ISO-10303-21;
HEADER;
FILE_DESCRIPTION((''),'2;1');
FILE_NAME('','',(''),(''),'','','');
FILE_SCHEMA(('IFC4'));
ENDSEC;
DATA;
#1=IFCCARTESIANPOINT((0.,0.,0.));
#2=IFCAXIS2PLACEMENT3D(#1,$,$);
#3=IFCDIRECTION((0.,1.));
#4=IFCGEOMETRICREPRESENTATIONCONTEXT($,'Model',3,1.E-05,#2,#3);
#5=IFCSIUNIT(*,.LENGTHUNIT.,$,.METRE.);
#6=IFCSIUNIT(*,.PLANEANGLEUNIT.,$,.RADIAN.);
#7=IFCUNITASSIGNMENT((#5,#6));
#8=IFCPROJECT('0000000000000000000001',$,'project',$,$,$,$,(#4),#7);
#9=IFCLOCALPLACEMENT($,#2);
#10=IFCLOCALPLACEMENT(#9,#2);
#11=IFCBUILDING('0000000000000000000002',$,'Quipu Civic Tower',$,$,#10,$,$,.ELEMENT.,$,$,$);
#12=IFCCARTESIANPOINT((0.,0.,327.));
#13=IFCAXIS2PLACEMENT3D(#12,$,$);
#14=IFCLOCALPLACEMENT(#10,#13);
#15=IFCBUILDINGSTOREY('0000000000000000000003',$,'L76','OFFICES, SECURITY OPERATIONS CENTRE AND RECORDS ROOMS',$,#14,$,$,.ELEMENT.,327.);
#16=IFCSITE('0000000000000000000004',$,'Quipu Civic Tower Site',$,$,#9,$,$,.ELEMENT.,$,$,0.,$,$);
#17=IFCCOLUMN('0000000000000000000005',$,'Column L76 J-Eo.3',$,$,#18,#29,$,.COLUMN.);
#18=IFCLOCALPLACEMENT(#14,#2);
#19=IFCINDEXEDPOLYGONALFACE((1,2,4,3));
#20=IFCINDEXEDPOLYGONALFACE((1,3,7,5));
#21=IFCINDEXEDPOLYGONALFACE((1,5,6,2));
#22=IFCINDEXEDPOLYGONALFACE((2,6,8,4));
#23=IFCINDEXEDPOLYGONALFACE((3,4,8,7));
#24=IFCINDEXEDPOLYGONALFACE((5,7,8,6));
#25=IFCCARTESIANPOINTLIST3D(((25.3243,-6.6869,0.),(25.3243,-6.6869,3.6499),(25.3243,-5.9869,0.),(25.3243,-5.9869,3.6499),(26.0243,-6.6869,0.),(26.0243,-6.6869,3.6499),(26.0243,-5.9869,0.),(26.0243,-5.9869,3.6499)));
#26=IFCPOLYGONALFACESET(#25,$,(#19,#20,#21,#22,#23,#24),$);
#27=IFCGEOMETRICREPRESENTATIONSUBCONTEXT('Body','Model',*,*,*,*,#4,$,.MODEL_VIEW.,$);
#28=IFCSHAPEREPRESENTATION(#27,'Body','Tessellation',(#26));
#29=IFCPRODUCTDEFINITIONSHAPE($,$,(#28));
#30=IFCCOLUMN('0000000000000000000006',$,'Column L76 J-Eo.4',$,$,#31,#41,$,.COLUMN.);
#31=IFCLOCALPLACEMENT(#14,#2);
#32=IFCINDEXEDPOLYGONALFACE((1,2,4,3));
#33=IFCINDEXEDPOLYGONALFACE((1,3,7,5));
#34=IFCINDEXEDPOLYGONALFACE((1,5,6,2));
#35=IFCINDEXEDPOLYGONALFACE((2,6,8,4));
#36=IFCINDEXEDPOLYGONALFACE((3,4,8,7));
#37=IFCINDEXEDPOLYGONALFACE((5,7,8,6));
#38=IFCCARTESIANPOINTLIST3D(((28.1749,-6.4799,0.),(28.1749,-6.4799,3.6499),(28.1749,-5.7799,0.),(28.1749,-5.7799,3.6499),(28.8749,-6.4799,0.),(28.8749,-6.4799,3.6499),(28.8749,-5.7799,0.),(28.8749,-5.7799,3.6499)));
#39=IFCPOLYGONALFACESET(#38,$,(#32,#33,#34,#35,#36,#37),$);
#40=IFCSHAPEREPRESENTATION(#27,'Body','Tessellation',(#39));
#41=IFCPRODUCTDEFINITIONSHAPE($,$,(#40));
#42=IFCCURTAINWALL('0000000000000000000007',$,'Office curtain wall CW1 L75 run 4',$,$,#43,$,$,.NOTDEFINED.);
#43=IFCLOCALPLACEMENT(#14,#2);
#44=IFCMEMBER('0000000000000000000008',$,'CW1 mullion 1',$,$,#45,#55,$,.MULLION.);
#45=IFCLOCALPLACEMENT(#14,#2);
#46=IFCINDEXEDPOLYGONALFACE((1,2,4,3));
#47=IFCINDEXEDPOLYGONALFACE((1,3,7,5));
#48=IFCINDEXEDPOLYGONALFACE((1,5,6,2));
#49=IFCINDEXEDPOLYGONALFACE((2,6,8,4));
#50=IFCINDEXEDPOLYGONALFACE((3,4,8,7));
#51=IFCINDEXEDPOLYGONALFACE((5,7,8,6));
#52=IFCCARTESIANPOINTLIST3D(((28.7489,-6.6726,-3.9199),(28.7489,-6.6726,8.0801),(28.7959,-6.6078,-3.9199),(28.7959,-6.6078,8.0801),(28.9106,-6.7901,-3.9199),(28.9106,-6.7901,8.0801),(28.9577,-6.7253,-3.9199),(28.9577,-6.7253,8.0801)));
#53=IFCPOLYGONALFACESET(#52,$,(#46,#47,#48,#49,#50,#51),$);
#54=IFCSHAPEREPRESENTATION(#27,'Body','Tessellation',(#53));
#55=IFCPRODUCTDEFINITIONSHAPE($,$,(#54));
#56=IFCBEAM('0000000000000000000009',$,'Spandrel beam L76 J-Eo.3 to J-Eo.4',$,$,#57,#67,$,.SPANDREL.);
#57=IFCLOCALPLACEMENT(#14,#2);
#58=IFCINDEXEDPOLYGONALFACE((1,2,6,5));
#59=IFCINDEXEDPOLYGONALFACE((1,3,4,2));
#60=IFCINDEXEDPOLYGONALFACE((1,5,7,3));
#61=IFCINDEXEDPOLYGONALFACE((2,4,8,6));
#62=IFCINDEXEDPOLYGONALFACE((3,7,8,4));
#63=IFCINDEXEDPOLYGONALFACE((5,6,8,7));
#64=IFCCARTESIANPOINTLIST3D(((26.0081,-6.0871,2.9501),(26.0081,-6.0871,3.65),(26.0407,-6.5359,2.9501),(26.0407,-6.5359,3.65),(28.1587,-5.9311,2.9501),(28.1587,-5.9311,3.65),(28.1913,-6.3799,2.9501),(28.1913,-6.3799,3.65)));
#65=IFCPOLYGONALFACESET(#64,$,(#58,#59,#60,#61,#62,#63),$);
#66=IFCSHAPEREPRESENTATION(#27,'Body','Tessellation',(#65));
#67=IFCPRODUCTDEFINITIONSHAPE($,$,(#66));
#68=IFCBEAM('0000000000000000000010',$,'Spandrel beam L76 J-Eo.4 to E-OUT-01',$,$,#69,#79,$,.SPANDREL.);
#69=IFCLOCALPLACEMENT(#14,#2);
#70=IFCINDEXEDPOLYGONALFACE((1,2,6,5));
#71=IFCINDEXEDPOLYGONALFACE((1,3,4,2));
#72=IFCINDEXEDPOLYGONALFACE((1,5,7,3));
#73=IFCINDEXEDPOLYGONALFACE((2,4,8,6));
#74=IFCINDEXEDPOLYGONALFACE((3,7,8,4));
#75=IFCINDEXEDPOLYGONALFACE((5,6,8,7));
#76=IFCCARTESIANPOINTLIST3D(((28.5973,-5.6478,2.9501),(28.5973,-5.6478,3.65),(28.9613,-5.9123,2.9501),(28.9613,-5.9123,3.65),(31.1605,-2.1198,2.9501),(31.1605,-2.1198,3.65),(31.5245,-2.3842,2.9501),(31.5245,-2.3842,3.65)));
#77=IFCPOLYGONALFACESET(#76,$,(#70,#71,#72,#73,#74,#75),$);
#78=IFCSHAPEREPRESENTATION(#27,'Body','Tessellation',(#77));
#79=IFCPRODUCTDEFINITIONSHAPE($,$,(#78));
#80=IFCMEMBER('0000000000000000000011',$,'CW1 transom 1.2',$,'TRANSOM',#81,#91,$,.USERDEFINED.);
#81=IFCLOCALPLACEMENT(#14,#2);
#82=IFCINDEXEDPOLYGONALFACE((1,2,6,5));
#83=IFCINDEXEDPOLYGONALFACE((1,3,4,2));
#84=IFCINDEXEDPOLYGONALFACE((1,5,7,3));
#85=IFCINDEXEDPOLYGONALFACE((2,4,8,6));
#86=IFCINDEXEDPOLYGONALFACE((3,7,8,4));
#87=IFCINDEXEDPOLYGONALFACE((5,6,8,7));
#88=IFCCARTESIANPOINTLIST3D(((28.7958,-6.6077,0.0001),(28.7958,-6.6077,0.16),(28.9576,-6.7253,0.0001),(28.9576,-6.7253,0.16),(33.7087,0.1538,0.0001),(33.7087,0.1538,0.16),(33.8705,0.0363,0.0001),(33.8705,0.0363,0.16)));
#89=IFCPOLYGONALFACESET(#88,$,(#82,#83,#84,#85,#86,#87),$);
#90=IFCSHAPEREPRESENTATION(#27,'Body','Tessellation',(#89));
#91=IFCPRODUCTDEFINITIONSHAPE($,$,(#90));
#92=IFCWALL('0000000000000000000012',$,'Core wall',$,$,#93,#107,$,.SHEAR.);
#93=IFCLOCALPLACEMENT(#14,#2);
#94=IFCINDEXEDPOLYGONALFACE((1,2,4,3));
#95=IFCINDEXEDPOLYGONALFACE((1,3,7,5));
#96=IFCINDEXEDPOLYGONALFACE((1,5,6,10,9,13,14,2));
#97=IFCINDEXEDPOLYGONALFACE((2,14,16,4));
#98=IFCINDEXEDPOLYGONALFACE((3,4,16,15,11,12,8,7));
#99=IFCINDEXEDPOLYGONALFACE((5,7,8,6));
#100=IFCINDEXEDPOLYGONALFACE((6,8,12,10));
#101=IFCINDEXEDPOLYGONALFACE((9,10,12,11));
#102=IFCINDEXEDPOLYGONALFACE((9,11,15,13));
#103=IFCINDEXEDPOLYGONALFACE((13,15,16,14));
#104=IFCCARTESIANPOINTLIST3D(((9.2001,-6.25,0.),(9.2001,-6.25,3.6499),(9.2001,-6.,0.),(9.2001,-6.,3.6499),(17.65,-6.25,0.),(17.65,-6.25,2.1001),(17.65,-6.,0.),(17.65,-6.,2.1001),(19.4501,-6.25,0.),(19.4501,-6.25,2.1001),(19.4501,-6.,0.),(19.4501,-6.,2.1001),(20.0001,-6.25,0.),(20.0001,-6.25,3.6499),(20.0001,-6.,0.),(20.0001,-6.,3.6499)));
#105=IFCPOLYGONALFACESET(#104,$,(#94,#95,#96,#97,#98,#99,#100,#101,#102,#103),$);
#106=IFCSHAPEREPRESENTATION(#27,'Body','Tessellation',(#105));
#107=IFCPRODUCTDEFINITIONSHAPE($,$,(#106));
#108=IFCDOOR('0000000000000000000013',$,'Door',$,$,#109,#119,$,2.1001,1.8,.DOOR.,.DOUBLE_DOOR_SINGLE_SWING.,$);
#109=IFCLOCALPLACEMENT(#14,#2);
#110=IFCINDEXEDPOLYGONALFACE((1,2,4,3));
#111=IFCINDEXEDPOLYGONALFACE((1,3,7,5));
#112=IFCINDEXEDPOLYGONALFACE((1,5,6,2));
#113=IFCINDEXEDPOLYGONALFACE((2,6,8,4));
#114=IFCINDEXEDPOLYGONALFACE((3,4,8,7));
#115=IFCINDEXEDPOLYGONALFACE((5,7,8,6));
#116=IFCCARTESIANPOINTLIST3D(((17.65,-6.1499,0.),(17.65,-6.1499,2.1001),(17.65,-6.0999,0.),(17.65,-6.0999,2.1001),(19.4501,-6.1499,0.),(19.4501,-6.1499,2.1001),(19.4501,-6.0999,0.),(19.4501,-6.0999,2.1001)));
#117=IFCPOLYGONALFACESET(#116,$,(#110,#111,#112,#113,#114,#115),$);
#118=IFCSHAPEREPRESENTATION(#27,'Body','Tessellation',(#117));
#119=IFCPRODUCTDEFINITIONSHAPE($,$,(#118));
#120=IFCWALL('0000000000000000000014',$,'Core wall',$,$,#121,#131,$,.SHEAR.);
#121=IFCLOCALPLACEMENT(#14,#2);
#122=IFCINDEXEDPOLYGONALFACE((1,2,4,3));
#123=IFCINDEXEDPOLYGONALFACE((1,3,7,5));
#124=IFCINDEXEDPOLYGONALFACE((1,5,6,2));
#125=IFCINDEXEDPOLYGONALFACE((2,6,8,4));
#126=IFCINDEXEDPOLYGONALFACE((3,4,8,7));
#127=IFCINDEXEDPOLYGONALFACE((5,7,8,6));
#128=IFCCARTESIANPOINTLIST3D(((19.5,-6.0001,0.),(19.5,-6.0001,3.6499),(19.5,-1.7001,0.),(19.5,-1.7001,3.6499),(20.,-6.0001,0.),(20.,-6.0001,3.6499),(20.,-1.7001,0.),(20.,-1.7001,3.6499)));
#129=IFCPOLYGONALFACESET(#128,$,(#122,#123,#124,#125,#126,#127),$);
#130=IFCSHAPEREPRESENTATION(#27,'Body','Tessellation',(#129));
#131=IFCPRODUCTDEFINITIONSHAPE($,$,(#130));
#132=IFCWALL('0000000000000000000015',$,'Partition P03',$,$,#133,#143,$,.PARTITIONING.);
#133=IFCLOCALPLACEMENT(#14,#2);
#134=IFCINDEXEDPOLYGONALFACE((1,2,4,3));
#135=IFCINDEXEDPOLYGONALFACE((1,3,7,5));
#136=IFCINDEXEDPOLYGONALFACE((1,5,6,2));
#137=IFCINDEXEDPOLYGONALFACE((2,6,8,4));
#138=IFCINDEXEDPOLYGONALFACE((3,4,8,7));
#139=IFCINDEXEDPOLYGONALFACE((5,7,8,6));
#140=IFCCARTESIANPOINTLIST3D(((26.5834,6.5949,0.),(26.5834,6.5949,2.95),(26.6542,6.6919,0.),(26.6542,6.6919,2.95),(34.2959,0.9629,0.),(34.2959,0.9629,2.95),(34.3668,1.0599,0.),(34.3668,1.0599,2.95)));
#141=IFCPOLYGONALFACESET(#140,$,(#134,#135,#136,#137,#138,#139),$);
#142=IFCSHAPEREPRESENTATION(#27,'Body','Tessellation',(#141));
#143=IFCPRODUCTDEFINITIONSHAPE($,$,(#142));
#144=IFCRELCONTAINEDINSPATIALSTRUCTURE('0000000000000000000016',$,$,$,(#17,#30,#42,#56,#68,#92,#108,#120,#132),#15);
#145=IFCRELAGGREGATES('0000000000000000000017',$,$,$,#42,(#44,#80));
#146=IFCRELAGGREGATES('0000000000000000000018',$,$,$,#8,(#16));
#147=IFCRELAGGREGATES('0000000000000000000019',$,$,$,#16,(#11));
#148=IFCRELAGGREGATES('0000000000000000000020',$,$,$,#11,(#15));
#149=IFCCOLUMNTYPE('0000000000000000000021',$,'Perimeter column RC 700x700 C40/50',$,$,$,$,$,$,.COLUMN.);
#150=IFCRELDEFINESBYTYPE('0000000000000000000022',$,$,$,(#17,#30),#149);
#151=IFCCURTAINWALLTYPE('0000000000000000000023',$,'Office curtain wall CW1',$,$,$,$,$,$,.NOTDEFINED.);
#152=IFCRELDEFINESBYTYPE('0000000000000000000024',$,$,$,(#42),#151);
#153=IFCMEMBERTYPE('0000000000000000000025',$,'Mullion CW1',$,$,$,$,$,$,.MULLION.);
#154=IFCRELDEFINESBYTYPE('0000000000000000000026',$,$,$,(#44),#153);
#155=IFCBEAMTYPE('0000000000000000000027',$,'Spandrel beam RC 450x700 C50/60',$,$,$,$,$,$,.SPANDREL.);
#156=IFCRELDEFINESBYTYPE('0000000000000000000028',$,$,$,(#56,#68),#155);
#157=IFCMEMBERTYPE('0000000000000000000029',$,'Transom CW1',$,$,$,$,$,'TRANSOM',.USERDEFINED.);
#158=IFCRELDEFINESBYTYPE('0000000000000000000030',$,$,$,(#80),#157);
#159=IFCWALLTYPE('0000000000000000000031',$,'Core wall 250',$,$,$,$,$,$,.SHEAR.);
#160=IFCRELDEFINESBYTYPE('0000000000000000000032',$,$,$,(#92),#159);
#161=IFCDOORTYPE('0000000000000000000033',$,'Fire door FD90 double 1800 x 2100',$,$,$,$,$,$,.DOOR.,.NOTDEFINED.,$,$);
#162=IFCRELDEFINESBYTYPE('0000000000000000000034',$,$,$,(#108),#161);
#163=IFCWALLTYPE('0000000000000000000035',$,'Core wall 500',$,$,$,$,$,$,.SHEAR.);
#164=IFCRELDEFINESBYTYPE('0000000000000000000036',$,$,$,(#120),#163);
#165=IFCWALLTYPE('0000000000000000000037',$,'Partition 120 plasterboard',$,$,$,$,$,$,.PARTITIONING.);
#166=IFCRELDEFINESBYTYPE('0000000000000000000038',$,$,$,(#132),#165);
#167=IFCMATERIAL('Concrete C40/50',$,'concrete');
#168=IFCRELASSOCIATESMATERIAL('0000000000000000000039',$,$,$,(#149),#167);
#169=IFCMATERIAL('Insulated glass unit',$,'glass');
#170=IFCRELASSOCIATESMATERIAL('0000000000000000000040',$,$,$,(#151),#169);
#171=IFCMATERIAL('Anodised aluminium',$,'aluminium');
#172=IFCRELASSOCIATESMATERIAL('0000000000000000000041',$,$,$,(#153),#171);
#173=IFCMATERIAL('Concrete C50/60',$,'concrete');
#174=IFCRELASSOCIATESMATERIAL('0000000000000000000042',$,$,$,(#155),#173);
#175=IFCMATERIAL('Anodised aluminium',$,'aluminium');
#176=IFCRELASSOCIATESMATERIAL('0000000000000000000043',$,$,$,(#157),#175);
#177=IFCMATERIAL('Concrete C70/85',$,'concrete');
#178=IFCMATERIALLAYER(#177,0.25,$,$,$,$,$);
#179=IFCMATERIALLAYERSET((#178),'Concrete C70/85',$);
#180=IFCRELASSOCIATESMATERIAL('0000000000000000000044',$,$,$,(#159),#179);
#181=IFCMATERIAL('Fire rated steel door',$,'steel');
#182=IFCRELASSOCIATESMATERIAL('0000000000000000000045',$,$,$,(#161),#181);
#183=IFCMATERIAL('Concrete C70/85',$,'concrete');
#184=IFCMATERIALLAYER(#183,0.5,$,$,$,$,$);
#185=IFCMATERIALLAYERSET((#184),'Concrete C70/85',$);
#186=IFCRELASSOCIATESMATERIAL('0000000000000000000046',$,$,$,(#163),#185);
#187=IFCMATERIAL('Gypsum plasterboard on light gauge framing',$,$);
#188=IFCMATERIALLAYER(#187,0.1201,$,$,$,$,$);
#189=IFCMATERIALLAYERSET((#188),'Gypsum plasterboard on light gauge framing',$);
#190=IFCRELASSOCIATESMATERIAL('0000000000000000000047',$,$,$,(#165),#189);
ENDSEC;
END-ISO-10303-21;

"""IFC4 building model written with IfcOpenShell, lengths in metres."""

from ifc_helpers import new_model, si_unit, direction, frame, frame_2d, origin, origin_2d, place, context, subcontext, project, spatial, rectangle, extrude, material, layer, layer_set, material_profile, profile_set, type_object, element, fill, aggregate, save


model = new_model("IFC4")

# Units and contexts
model_context = context("Model", 3, precision=1e-05, world=origin(), true_north=direction((0.0, 1.0)))
body_context = subcontext(model_context, "Body", "Model", "MODEL_VIEW")
ifc_project = project(units=[si_unit("LENGTHUNIT", "METRE"), si_unit("PLANEANGLEUNIT", "RADIAN")], contexts=[model_context])

# Site, building, storey
site_placement = place(None, origin())
site = spatial("IfcSite", under=ifc_project, at=site_placement, Name="Quipu Civic Tower Site", CompositionType="ELEMENT", RefElevation=0.0)
building_placement = place(site_placement, origin())
building = spatial("IfcBuilding", under=site, at=building_placement, Name="Quipu Civic Tower", CompositionType="ELEMENT")
storey_placement = place(building_placement, frame((0.0, 0.0, 327.0)))
storey = spatial("IfcBuildingStorey", under=building, at=storey_placement, Name="L76", Description="OFFICES, SECURITY OPERATIONS CENTRE AND RECORDS ROOMS", CompositionType="ELEMENT", Elevation=327.0)

# Columns
ifc_material_1 = material(Name="Concrete C40/50", Category="concrete")
ifc_material_profile_1 = material_profile(ifc_material_1, rectangle(XDim=0.7, YDim=0.7, at=origin_2d()), Name="RC700x700")
ifc_profile_set_1 = profile_set([ifc_material_profile_1], Name="Concrete C40/50")
column_type = type_object("IfcColumnType", Name="Perimeter column RC 700x700 C40/50", PredefinedType="COLUMN", material=ifc_profile_set_1)
for number, where, z_axis, x_axis, name in (
    (1, (25.6743, -6.3369, 0.0), (0.0, 0.0, 1.0), (1.0, 0.0, 0.0), "Column L76 J-Eo.3"),
    (2, (28.5249, -6.1299, 0.0), (0.0, 0.0, 1.0), (1.0, 0.0, 0.0), "Column L76 J-Eo.4"),
):
    element("IfcColumn", number, at=place(storey_placement, frame(where, z_axis=z_axis, x_axis=x_axis)), inside=storey, type_object=column_type, Name=name, PredefinedType="COLUMN", context=body_context, shape_type="SweptSolid", body=[
        extrude(rectangle(XDim=0.7, YDim=0.7, at=origin_2d()), origin(), (0.0, 0.0, 1.0), 3.6499),
    ])

# Curtain wall, member
ifc_material_2 = material(Name="Insulated glass unit", Category="glass")
curtain_wall_type = type_object("IfcCurtainWallType", Name="Office curtain wall CW1", PredefinedType="NOTDEFINED", material=ifc_material_2)
curtain_wall_placement = place(storey_placement, origin())
curtain_wall = element("IfcCurtainWall", 3, at=curtain_wall_placement, inside=storey, type_object=curtain_wall_type, Name="Office curtain wall CW1 L75 run 4", PredefinedType="NOTDEFINED")
ifc_material_3 = material(Name="Anodised aluminium", Category="aluminium")
ifc_material_profile_2 = material_profile(ifc_material_3, rectangle(XDim=0.2, YDim=0.0801, at=origin_2d()), Name="RECT 200x80")
ifc_profile_set_2 = profile_set([ifc_material_profile_2], Name="Anodised aluminium")
member_type_1 = type_object("IfcMemberType", Name="Mullion CW1", PredefinedType="MULLION", material=ifc_profile_set_2)
member_1_placement = place(storey_placement, frame((28.8533, -6.699, -3.9199), z_axis=(0.0, 0.0, 1.0), x_axis=(-0.809016, 0.587786, 0.0)))
member_1 = element("IfcMember", 4, at=member_1_placement, type_object=member_type_1, Name="CW1 mullion 1", PredefinedType="MULLION", context=body_context, shape_type="SweptSolid", body=[
    extrude(rectangle(XDim=0.2, YDim=0.0801, at=origin_2d()), origin(), (0.0, 0.0, 1.0), 12.0),
])

# Beams
ifc_material_4 = material(Name="Concrete C50/60", Category="concrete")
ifc_material_profile_3 = material_profile(ifc_material_4, rectangle(XDim=0.45, YDim=0.7, at=origin_2d()), Name="RC450x700")
ifc_profile_set_3 = profile_set([ifc_material_profile_3], Name="Concrete C50/60")
beam_type = type_object("IfcBeamType", Name="Spandrel beam RC 450x700 C50/60", PredefinedType="SPANDREL", material=ifc_profile_set_3)
beam_1_placement = place(storey_placement, frame((26.0244, -6.3115, 3.3), z_axis=(0.997379, 0.072349, 0.0), x_axis=(-0.072349, 0.997379, 0.0)))
element("IfcBeam", 5, at=beam_1_placement, inside=storey, type_object=beam_type, Name="Spandrel beam L76 J-Eo.3 to J-Eo.4", PredefinedType="SPANDREL", context=body_context, shape_type="SweptSolid", body=[
    extrude(rectangle(XDim=0.45, YDim=0.7, at=origin_2d()), origin(), (0.0, 0.0, 1.0), 2.1562),
])
beam_2_placement = place(storey_placement, frame((28.7793, -5.78, 3.3), z_axis=(0.587776, 0.809024, 0.0), x_axis=(-0.809024, 0.587776, 0.0)))
element("IfcBeam", 6, at=beam_2_placement, inside=storey, type_object=beam_type, Name="Spandrel beam L76 J-Eo.4 to E-OUT-01", PredefinedType="SPANDREL", context=body_context, shape_type="SweptSolid", body=[
    extrude(rectangle(XDim=0.45, YDim=0.7, at=origin_2d()), origin(), (0.0, 0.0, 1.0), 4.3608),
])

# Member
ifc_material_5 = material(Name="Anodised aluminium", Category="aluminium")
ifc_material_profile_4 = material_profile(ifc_material_5, rectangle(XDim=0.2, YDim=0.1599, at=origin_2d()), Name="RECT 200x160")
ifc_profile_set_4 = profile_set([ifc_material_profile_4], Name="Anodised aluminium")
member_type_2 = type_object("IfcMemberType", Name="Transom CW1", ElementType="TRANSOM", PredefinedType="USERDEFINED", material=ifc_profile_set_4)
member_2_placement = place(storey_placement, frame((28.8767, -6.6665, 0.0801), z_axis=(0.587812, 0.808997, 0.0), x_axis=(-0.808997, 0.587812, 0.0)))
member_2 = element("IfcMember", 7, at=member_2_placement, type_object=member_type_2, Name="CW1 transom 1.2", ObjectType="TRANSOM", PredefinedType="USERDEFINED", context=body_context, shape_type="SweptSolid", body=[
    extrude(rectangle(XDim=0.2, YDim=0.1599, at=origin_2d()), origin(), (0.0, 0.0, 1.0), 8.3579),
])
aggregate(curtain_wall, [member_1, member_2])

# Wall, opening, door
ifc_material_6 = material(Name="Concrete C70/85", Category="concrete")
ifc_layer_1 = layer(ifc_material_6, 0.25)
ifc_layer_set_1 = layer_set([ifc_layer_1], Name="Concrete C70/85")
wall_type_1 = type_object("IfcWallType", Name="Core wall 250", PredefinedType="SHEAR", material=ifc_layer_set_1)
wall_1_placement = place(storey_placement, frame((20.0, -6.125, 0.0), z_axis=(0.0, 0.0, 1.0), x_axis=(-1.0, 0.0, 0.0)))
wall_1 = element("IfcWall", 8, at=wall_1_placement, inside=storey, type_object=wall_type_1, Name="Core wall", PredefinedType="SHEAR", context=body_context, shape_type="SweptSolid", body=[
    extrude(rectangle(XDim=10.8, YDim=0.25, at=frame_2d((5.3999, 0.0))), origin(), (0.0, 0.0, 1.0), 3.6499),
])
opening_1_placement = place(wall_1_placement, frame((0.55, 0.0, 0.0)))
opening_1 = element("IfcOpeningElement", 9, at=opening_1_placement, cuts=wall_1, PredefinedType="OPENING", context=body_context, shape_type="SweptSolid", body=[
    extrude(rectangle(XDim=1.8, YDim=2.1001, at=frame_2d((0.8999, 1.05))), frame((0.0, 0.135, 0.0), z_axis=(0.0, -1.0, 0.0), x_axis=(1.0, 0.0, 0.0)), (0.0, 0.0, 1.0), 0.27),
])
ifc_material_7 = material(Name="Fire rated steel door", Category="steel")
door_type_1 = type_object("IfcDoorType", Name="Fire door FD90 double 1800 x 2100", OperationType="NOTDEFINED", PredefinedType="DOOR", material=ifc_material_7)
door_1_placement = place(opening_1_placement, origin())
door_1 = element("IfcDoor", 10, at=door_1_placement, inside=storey, type_object=door_type_1, Name="Door", OperationType="DOUBLE_DOOR_SINGLE_SWING", OverallHeight=2.1001, OverallWidth=1.8, PredefinedType="DOOR", context=body_context, shape_type="SweptSolid", body=[
    extrude(rectangle(XDim=1.8, YDim=2.1001, at=frame_2d((0.8999, 1.05))), frame((0.0, 0.0249, 0.0), z_axis=(0.0, -1.0, 0.0), x_axis=(1.0, 0.0, 0.0)), (0.0, 0.0, 1.0), 0.05),
])
fill(opening_1, door_1)

# Wall
ifc_material_8 = material(Name="Concrete C70/85", Category="concrete")
ifc_layer_2 = layer(ifc_material_8, 0.5)
ifc_layer_set_2 = layer_set([ifc_layer_2], Name="Concrete C70/85")
wall_type_2 = type_object("IfcWallType", Name="Core wall 500", PredefinedType="SHEAR", material=ifc_layer_set_2)
wall_2_placement = place(storey_placement, frame((19.75, -6.0, 0.0), z_axis=(0.0, 0.0, 1.0), x_axis=(0.0, 1.0, 0.0)))
element("IfcWall", 11, at=wall_2_placement, inside=storey, type_object=wall_type_2, Name="Core wall", PredefinedType="SHEAR", context=body_context, shape_type="SweptSolid", body=[
    extrude(rectangle(XDim=4.3, YDim=0.5, at=frame_2d((2.1499, 0.0))), origin(), (0.0, 0.0, 1.0), 3.6499),
])

# Wall
ifc_material_9 = material(Name="Gypsum plasterboard on light gauge framing")
ifc_layer_3 = layer(ifc_material_9, 0.1201)
ifc_layer_set_3 = layer_set([ifc_layer_3], Name="Gypsum plasterboard on light gauge framing")
wall_type_3 = type_object("IfcWallType", Name="Partition 120 plasterboard", PredefinedType="PARTITIONING", material=ifc_layer_set_3)
wall_3_placement = place(storey_placement, frame((26.6189, 6.6433, 0.0), z_axis=(0.0, 0.0, 1.0), x_axis=(0.807595, -0.589738, 0.0)))
element("IfcWall", 12, at=wall_3_placement, inside=storey, type_object=wall_type_3, Name="Partition P03", PredefinedType="PARTITIONING", context=body_context, shape_type="SweptSolid", body=[
    extrude(rectangle(XDim=9.55, YDim=0.1201, at=frame_2d((4.7749, 0.0))), origin(), (0.0, 0.0, 1.0), 2.95),
])

save(model, "model.ifc")
